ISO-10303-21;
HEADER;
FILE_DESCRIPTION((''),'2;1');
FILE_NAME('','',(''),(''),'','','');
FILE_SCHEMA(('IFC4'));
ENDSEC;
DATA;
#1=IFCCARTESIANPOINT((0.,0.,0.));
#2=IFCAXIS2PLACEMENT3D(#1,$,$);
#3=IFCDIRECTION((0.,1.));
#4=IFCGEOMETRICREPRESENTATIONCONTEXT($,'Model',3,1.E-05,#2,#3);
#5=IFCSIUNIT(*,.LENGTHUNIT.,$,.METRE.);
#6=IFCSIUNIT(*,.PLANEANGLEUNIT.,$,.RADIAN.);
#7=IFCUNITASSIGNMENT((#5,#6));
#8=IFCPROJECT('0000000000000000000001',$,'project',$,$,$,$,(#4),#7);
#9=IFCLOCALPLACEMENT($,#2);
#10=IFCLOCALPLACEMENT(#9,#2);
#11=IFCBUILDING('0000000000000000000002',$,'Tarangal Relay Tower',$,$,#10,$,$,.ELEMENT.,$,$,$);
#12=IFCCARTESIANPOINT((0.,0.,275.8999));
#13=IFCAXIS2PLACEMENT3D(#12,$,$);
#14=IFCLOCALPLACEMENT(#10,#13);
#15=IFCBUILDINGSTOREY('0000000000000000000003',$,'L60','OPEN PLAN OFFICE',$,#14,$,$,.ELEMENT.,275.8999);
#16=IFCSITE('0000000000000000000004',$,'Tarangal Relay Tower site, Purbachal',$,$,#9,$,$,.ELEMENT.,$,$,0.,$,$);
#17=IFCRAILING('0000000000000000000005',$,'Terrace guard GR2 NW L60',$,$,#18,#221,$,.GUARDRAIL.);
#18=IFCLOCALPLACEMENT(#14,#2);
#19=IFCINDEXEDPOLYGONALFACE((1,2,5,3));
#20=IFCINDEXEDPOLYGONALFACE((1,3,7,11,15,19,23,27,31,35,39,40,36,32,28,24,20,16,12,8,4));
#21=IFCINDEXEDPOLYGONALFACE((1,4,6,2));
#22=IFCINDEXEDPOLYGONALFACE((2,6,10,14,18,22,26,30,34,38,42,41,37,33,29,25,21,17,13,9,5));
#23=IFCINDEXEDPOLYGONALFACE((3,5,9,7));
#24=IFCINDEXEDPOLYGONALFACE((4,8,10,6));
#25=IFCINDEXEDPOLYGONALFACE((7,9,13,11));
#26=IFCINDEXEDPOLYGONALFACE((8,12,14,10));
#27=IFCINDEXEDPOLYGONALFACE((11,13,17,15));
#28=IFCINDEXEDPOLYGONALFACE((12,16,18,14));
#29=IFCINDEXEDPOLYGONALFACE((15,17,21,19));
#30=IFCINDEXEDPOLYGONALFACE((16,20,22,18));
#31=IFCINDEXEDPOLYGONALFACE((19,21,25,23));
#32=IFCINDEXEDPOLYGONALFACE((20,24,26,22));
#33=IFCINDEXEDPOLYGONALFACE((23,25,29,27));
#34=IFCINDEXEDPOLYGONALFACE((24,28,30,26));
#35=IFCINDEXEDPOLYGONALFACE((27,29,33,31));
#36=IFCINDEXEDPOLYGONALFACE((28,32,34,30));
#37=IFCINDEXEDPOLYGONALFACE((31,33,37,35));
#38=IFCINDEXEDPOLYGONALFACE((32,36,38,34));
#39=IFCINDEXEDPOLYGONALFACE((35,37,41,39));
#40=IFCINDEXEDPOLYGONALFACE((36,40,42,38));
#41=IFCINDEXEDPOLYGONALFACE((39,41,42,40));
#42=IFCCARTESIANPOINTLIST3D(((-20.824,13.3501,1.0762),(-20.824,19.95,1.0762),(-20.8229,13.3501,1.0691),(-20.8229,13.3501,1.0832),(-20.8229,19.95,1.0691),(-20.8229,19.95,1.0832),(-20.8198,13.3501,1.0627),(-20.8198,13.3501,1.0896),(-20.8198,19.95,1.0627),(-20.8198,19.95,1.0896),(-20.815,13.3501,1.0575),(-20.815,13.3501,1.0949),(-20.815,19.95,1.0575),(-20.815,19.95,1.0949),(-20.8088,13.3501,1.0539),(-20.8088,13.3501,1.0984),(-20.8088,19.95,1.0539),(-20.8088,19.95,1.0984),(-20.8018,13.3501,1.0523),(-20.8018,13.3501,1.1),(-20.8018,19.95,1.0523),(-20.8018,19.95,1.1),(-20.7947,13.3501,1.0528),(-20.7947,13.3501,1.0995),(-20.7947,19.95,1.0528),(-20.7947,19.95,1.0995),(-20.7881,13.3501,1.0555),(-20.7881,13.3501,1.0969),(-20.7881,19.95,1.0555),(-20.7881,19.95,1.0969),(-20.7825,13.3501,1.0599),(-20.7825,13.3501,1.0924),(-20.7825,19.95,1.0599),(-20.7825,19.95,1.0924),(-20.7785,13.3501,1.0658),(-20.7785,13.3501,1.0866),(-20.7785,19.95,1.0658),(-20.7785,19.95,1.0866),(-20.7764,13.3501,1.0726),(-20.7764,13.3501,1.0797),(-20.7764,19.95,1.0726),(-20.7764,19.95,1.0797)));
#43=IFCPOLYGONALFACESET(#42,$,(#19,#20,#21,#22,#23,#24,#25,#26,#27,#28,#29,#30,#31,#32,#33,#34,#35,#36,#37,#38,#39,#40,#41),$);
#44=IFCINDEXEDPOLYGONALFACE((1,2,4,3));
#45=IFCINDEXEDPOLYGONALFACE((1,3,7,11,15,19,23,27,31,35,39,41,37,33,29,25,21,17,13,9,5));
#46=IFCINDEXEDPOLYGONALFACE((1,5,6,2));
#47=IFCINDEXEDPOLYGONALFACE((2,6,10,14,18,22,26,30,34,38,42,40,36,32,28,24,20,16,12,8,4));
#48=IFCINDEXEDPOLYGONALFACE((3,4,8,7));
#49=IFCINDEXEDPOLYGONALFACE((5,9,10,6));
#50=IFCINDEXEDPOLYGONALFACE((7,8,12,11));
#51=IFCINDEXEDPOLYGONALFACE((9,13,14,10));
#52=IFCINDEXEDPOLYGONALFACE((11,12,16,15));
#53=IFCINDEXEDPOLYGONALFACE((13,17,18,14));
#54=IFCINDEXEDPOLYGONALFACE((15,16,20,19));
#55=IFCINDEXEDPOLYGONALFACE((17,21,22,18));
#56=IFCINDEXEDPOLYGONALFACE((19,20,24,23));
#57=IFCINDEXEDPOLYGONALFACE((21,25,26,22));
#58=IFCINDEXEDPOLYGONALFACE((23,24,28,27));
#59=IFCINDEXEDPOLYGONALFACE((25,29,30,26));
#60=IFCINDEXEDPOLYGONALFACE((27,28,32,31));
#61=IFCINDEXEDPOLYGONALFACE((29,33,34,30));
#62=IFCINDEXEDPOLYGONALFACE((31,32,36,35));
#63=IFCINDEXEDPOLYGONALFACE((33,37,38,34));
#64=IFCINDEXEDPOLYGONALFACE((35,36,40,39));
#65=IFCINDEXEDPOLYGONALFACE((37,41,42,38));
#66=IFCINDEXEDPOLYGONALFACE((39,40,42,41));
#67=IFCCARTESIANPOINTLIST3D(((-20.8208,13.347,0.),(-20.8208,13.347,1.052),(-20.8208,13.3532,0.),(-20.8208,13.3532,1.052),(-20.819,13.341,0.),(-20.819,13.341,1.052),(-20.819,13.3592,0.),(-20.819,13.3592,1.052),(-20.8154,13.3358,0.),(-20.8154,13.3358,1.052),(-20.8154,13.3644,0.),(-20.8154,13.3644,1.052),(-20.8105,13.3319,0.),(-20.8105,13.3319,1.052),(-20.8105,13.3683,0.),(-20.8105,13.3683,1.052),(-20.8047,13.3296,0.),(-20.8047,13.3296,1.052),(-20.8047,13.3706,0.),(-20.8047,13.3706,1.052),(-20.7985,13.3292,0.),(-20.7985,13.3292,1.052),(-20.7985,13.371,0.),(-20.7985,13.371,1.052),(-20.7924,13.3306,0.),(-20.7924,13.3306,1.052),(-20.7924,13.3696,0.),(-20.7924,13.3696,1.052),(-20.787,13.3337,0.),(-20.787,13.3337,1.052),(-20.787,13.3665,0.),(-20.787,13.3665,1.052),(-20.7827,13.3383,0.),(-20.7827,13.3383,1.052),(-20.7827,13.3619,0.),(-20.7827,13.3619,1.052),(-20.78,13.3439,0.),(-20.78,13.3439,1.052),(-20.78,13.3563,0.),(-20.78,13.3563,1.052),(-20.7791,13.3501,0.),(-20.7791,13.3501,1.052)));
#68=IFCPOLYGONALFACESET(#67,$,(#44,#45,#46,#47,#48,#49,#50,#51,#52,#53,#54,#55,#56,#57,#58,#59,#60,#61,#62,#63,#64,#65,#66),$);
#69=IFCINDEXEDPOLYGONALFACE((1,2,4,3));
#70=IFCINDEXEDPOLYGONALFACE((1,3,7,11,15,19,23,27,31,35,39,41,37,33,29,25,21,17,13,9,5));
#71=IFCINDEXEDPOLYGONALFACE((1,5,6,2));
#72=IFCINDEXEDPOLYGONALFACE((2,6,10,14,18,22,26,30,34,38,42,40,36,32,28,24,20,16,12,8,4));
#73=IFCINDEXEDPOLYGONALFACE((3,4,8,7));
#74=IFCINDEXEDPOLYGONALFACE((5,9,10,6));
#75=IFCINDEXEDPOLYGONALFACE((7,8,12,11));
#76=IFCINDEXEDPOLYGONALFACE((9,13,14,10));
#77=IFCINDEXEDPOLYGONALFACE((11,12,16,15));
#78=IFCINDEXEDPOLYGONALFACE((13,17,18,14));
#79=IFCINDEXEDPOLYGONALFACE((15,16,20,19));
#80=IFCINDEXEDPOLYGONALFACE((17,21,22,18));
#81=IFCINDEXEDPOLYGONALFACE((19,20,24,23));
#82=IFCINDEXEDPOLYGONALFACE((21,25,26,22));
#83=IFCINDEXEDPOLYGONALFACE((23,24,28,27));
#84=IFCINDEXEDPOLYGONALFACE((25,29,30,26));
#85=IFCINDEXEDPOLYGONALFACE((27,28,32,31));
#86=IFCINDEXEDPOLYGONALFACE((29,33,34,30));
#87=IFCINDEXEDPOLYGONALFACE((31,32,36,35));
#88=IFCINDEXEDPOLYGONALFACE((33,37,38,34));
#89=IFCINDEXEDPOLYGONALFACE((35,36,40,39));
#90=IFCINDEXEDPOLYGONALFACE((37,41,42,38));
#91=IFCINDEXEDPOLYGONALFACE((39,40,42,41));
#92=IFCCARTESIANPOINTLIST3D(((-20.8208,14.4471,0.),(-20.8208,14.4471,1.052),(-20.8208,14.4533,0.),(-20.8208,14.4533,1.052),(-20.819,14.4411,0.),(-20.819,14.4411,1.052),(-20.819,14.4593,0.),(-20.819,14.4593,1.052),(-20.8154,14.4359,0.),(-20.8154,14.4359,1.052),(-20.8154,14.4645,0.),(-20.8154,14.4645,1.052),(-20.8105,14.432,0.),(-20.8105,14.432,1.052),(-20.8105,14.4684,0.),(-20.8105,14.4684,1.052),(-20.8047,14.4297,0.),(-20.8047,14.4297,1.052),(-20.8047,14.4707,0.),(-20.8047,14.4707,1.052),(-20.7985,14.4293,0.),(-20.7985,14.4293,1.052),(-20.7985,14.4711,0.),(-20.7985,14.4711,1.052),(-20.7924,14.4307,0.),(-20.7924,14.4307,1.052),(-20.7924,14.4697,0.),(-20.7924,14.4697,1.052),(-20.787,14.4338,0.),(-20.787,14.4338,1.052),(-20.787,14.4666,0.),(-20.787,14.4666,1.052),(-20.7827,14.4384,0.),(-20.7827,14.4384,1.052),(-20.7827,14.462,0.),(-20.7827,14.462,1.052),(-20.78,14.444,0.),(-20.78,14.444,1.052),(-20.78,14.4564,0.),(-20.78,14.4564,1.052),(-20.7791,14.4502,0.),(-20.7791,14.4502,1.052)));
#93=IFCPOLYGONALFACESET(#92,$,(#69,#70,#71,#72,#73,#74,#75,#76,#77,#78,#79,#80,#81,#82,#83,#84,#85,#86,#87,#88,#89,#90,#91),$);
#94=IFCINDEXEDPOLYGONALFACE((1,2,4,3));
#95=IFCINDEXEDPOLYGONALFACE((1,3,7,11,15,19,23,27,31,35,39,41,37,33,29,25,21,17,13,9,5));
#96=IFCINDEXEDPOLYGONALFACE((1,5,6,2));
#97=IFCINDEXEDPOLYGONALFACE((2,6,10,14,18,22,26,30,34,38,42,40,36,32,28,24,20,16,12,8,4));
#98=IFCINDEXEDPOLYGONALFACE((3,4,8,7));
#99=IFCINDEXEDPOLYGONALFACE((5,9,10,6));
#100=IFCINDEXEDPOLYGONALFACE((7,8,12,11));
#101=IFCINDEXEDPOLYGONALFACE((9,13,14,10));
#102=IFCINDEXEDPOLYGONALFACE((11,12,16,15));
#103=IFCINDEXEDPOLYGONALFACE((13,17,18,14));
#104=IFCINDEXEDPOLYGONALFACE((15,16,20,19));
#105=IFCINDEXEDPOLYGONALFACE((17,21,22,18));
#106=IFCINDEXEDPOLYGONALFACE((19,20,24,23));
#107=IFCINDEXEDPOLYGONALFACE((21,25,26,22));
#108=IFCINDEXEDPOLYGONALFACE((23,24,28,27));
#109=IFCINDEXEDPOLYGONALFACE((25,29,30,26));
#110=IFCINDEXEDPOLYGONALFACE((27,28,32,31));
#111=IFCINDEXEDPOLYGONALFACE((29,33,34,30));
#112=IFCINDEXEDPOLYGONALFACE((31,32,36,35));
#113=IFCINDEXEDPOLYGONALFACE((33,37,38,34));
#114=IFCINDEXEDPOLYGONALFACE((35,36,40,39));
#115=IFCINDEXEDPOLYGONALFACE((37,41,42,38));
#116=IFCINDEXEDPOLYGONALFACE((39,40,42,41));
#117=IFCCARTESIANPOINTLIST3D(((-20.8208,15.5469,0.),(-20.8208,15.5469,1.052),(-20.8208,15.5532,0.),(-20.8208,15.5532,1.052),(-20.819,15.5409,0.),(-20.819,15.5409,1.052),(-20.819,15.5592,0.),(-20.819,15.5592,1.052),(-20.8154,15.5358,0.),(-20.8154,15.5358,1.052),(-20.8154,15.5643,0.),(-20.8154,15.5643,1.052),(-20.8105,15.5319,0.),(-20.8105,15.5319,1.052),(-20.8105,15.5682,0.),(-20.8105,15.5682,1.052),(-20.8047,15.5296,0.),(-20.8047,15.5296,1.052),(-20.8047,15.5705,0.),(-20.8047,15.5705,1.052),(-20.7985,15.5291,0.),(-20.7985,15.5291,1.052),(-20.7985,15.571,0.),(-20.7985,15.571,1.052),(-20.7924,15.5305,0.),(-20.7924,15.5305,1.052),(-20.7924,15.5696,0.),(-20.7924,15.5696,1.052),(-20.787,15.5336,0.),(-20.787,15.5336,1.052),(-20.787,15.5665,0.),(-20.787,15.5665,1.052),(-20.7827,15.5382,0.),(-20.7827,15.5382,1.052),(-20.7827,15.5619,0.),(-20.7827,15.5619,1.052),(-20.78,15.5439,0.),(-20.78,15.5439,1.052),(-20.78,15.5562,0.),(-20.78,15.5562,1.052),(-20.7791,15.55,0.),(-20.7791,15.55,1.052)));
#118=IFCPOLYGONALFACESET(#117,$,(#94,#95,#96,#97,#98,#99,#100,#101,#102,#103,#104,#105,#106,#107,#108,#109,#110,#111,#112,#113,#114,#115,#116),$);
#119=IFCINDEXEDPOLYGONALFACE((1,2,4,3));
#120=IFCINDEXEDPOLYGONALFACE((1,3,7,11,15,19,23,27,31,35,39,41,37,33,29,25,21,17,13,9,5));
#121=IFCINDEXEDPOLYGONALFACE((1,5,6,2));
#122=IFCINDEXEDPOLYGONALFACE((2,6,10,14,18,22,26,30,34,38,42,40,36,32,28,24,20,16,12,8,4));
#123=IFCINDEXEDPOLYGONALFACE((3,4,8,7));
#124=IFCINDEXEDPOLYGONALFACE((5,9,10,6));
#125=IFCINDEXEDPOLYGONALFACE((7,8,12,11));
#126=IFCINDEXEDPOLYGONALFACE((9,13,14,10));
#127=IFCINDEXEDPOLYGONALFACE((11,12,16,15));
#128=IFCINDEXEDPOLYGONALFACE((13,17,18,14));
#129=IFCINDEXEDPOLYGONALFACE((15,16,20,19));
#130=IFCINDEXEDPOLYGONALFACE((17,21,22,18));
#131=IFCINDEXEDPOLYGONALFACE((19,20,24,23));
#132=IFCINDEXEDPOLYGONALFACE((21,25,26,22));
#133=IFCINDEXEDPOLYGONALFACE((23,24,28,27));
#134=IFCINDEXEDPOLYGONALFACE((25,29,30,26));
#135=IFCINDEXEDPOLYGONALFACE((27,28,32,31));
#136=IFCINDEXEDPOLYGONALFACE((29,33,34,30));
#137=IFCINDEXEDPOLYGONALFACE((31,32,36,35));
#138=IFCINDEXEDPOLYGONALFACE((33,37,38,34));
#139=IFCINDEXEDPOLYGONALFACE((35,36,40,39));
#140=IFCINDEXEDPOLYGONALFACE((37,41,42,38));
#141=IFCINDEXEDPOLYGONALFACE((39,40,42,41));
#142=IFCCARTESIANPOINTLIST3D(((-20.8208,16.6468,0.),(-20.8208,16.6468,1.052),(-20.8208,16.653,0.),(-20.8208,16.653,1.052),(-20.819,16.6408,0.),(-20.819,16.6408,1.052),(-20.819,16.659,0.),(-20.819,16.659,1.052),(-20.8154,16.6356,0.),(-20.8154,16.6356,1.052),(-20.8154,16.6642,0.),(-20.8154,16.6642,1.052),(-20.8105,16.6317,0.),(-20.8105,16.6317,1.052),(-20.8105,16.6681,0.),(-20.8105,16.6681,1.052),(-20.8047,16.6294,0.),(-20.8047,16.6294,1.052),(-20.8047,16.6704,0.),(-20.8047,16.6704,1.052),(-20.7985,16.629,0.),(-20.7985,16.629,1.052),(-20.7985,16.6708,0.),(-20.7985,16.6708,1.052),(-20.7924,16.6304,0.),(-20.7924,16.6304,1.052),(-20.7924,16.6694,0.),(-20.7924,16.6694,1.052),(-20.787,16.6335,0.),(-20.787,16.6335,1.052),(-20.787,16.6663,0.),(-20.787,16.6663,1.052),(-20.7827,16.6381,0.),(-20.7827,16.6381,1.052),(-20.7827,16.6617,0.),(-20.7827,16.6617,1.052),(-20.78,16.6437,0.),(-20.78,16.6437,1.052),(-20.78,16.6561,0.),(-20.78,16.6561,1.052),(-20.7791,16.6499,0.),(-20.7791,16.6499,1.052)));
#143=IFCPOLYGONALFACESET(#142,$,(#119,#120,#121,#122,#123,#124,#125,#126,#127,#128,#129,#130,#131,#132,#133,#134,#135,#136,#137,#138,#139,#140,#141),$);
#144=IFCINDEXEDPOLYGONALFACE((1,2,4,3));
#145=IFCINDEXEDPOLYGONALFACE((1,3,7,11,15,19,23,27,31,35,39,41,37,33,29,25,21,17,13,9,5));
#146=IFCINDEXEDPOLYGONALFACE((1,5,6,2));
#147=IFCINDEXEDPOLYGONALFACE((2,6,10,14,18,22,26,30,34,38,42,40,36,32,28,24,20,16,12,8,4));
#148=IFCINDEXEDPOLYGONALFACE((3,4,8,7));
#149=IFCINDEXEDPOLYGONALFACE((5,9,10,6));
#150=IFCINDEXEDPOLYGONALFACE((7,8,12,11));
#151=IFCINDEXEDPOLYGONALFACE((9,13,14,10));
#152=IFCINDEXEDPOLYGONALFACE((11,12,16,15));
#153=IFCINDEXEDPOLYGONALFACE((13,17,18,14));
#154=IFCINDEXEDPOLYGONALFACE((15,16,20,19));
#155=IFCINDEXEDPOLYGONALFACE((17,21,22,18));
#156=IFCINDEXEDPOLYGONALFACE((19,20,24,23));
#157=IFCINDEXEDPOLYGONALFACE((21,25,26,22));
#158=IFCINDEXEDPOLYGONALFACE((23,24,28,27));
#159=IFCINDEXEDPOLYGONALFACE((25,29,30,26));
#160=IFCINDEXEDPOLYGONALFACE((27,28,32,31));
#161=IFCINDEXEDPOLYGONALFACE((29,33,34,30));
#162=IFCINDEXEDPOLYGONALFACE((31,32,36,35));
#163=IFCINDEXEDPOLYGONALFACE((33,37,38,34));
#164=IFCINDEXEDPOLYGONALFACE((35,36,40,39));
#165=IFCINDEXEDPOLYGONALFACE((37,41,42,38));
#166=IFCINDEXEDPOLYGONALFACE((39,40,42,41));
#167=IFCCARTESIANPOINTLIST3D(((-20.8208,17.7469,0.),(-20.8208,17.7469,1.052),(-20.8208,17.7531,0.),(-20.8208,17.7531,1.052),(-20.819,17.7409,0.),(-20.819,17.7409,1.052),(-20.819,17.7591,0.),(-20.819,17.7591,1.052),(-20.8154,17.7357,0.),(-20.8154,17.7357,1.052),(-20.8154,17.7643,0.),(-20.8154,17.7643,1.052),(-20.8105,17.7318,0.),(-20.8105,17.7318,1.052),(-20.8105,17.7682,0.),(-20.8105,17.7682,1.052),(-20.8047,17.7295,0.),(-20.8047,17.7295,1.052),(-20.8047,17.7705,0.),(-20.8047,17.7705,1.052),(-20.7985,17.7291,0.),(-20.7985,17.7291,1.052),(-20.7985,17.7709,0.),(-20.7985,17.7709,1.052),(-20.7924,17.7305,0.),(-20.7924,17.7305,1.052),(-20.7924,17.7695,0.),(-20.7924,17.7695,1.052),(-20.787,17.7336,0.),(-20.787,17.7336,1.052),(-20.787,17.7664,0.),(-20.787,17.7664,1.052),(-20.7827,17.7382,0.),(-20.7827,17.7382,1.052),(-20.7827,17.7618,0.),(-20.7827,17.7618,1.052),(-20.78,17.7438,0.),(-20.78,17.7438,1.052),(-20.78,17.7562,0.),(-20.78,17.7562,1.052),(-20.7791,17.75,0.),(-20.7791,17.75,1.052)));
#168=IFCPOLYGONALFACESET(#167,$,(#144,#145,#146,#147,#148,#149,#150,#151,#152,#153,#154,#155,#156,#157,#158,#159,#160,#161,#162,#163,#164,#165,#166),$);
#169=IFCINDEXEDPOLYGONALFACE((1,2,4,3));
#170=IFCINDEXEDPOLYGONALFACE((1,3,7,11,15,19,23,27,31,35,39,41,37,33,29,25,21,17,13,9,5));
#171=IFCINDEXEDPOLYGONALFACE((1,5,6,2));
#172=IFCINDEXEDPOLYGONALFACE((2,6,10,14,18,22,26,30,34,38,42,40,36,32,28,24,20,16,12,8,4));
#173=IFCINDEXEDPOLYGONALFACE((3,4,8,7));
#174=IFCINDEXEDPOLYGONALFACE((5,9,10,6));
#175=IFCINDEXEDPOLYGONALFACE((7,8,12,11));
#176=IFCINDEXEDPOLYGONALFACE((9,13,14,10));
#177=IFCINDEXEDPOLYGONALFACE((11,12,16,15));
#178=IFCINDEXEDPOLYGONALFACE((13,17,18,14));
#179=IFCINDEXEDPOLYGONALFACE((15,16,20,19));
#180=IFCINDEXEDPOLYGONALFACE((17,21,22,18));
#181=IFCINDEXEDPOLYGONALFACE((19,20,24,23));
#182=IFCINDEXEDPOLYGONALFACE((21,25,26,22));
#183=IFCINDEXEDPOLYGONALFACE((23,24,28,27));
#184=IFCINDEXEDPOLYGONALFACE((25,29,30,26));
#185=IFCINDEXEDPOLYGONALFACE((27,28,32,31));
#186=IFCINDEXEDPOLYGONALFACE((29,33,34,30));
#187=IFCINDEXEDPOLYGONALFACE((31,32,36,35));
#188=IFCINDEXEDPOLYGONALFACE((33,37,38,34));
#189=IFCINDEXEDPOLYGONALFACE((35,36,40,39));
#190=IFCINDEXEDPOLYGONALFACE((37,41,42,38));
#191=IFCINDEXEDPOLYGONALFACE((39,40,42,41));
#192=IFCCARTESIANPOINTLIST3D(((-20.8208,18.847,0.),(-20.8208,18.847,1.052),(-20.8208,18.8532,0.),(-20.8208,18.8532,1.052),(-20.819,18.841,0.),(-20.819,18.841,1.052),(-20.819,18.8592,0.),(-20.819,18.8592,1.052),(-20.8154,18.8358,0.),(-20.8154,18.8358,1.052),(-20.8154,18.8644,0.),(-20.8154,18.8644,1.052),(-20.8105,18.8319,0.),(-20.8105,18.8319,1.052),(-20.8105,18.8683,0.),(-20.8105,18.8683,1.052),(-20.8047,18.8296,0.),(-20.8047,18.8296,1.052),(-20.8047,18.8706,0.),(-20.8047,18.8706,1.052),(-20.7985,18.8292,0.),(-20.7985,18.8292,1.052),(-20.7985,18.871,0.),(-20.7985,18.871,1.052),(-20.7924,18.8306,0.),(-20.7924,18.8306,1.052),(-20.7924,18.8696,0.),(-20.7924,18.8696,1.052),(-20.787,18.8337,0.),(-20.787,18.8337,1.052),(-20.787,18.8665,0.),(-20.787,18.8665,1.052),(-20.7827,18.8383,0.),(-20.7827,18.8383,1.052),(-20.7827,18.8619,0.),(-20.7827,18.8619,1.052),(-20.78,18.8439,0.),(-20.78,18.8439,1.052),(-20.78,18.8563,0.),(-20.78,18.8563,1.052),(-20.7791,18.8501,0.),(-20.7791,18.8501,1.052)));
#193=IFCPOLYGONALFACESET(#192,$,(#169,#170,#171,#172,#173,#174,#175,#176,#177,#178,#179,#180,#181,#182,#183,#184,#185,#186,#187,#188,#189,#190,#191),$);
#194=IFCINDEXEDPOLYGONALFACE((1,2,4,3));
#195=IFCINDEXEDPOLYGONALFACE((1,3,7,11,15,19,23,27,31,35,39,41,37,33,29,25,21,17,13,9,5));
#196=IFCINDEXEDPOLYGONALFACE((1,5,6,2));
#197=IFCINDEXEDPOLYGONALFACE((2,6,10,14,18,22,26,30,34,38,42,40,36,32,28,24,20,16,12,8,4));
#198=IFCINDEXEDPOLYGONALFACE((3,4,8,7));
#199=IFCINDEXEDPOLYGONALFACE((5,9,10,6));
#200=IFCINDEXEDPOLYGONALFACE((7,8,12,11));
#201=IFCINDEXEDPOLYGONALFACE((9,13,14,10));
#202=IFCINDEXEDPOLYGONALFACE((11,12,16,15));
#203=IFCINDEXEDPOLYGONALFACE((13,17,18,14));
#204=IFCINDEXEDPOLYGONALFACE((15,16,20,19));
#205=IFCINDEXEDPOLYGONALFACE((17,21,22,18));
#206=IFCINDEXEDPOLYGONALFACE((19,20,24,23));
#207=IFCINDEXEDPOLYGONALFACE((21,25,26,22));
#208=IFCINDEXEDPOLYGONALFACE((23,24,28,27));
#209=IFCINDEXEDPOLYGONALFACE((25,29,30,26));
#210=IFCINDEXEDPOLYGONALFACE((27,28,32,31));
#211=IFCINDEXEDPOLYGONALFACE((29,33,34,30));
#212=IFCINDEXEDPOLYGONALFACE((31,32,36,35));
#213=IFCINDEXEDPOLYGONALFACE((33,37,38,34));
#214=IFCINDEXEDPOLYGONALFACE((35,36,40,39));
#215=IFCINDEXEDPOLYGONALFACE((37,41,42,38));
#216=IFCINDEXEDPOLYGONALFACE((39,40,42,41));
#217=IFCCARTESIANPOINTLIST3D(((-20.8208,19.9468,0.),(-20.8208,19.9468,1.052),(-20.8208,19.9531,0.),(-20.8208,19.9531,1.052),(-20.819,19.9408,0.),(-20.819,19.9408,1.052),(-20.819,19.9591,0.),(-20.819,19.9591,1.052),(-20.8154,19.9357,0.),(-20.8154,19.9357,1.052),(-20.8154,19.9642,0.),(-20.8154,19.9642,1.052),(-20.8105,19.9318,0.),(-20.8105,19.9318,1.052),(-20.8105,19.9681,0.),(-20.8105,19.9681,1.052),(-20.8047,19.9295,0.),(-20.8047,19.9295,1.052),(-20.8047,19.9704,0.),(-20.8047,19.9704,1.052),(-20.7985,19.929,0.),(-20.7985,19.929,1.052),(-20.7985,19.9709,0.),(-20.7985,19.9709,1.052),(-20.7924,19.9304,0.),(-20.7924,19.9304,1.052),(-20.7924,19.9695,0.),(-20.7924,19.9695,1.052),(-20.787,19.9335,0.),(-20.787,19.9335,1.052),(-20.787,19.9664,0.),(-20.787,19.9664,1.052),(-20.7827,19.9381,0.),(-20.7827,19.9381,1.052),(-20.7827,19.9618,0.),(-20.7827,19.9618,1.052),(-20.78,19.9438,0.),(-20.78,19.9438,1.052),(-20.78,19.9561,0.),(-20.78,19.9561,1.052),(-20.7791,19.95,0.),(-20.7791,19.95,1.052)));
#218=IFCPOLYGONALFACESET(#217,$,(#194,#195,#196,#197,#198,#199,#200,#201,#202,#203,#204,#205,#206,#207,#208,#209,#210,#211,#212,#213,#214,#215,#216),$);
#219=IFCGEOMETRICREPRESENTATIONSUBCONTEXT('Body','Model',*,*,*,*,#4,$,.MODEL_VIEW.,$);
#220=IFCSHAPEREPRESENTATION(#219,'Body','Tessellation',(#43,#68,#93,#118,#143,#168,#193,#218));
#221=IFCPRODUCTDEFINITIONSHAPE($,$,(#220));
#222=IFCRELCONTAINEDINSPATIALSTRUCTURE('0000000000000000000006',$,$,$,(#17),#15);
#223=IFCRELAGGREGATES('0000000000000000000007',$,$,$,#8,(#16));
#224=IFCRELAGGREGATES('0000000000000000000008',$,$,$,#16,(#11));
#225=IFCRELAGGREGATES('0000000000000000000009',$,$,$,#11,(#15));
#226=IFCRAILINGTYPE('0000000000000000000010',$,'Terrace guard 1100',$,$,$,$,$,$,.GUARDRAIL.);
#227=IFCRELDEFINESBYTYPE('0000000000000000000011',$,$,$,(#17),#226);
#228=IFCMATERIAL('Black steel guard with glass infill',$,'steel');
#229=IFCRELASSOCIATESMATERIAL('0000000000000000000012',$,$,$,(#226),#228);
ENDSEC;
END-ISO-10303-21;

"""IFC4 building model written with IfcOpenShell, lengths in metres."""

from ifc_helpers import new_model, si_unit, direction, frame, origin, origin_2d, place, context, subcontext, project, spatial, circle, extrude, material, type_object, element, save


model = new_model("IFC4")

# Units and contexts
model_context = context("Model", 3, precision=1e-05, world=origin(), true_north=direction((0.0, 1.0)))
body_context = subcontext(model_context, "Body", "Model", "MODEL_VIEW")
ifc_project = project(units=[si_unit("LENGTHUNIT", "METRE"), si_unit("PLANEANGLEUNIT", "RADIAN")], contexts=[model_context])

# Site, building, storey
site_placement = place(None, origin())
site = spatial("IfcSite", under=ifc_project, at=site_placement, Name="Tarangal Relay Tower site, Purbachal", CompositionType="ELEMENT", RefElevation=0.0)
building_placement = place(site_placement, origin())
building = spatial("IfcBuilding", under=site, at=building_placement, Name="Tarangal Relay Tower", CompositionType="ELEMENT")
storey_placement = place(building_placement, frame((0.0, 0.0, 275.8999)))
storey = spatial("IfcBuildingStorey", under=building, at=storey_placement, Name="L60", Description="OPEN PLAN OFFICE", CompositionType="ELEMENT", Elevation=275.8999)

# Railing
ifc_material_1 = material(Name="Black steel guard with glass infill", Category="steel")
railing_type = type_object("IfcRailingType", Name="Terrace guard 1100", PredefinedType="GUARDRAIL", material=ifc_material_1)
railing_1_placement = place(storey_placement, frame((-20.8, 13.3501, 0.0)))
element("IfcRailing", 1, at=railing_1_placement, inside=storey, type_object=railing_type, Name="Terrace guard GR2 NW L60", PredefinedType="GUARDRAIL", context=body_context, shape_type="SweptSolid", body=[
    extrude(circle(Radius=0.0239, at=origin_2d()), frame((0.0, 0.0, 1.0762), z_axis=(0.0, 1.0, 0.0), x_axis=(-1.0, 0.0, 0.0)), (0.0, 0.0, 1.0), 6.5999),
    extrude(circle(Radius=0.021, at=origin_2d()), origin(), (0.0, 0.0, 1.0), 1.052),
    extrude(circle(Radius=0.021, at=origin_2d()), frame((0.0, 1.1001, 0.0)), (0.0, 0.0, 1.0), 1.052),
    extrude(circle(Radius=0.021, at=origin_2d()), frame((0.0, 2.2, 0.0)), (0.0, 0.0, 1.0), 1.052),
    extrude(circle(Radius=0.021, at=origin_2d()), frame((0.0, 3.2998, 0.0)), (0.0, 0.0, 1.0), 1.052),
    extrude(circle(Radius=0.021, at=origin_2d()), frame((0.0, 4.3999, 0.0)), (0.0, 0.0, 1.0), 1.052),
    extrude(circle(Radius=0.021, at=origin_2d()), frame((0.0, 5.5, 0.0)), (0.0, 0.0, 1.0), 1.052),
    extrude(circle(Radius=0.021, at=origin_2d()), frame((0.0, 6.5999, 0.0)), (0.0, 0.0, 1.0), 1.052),
])

save(model, "model.ifc")
